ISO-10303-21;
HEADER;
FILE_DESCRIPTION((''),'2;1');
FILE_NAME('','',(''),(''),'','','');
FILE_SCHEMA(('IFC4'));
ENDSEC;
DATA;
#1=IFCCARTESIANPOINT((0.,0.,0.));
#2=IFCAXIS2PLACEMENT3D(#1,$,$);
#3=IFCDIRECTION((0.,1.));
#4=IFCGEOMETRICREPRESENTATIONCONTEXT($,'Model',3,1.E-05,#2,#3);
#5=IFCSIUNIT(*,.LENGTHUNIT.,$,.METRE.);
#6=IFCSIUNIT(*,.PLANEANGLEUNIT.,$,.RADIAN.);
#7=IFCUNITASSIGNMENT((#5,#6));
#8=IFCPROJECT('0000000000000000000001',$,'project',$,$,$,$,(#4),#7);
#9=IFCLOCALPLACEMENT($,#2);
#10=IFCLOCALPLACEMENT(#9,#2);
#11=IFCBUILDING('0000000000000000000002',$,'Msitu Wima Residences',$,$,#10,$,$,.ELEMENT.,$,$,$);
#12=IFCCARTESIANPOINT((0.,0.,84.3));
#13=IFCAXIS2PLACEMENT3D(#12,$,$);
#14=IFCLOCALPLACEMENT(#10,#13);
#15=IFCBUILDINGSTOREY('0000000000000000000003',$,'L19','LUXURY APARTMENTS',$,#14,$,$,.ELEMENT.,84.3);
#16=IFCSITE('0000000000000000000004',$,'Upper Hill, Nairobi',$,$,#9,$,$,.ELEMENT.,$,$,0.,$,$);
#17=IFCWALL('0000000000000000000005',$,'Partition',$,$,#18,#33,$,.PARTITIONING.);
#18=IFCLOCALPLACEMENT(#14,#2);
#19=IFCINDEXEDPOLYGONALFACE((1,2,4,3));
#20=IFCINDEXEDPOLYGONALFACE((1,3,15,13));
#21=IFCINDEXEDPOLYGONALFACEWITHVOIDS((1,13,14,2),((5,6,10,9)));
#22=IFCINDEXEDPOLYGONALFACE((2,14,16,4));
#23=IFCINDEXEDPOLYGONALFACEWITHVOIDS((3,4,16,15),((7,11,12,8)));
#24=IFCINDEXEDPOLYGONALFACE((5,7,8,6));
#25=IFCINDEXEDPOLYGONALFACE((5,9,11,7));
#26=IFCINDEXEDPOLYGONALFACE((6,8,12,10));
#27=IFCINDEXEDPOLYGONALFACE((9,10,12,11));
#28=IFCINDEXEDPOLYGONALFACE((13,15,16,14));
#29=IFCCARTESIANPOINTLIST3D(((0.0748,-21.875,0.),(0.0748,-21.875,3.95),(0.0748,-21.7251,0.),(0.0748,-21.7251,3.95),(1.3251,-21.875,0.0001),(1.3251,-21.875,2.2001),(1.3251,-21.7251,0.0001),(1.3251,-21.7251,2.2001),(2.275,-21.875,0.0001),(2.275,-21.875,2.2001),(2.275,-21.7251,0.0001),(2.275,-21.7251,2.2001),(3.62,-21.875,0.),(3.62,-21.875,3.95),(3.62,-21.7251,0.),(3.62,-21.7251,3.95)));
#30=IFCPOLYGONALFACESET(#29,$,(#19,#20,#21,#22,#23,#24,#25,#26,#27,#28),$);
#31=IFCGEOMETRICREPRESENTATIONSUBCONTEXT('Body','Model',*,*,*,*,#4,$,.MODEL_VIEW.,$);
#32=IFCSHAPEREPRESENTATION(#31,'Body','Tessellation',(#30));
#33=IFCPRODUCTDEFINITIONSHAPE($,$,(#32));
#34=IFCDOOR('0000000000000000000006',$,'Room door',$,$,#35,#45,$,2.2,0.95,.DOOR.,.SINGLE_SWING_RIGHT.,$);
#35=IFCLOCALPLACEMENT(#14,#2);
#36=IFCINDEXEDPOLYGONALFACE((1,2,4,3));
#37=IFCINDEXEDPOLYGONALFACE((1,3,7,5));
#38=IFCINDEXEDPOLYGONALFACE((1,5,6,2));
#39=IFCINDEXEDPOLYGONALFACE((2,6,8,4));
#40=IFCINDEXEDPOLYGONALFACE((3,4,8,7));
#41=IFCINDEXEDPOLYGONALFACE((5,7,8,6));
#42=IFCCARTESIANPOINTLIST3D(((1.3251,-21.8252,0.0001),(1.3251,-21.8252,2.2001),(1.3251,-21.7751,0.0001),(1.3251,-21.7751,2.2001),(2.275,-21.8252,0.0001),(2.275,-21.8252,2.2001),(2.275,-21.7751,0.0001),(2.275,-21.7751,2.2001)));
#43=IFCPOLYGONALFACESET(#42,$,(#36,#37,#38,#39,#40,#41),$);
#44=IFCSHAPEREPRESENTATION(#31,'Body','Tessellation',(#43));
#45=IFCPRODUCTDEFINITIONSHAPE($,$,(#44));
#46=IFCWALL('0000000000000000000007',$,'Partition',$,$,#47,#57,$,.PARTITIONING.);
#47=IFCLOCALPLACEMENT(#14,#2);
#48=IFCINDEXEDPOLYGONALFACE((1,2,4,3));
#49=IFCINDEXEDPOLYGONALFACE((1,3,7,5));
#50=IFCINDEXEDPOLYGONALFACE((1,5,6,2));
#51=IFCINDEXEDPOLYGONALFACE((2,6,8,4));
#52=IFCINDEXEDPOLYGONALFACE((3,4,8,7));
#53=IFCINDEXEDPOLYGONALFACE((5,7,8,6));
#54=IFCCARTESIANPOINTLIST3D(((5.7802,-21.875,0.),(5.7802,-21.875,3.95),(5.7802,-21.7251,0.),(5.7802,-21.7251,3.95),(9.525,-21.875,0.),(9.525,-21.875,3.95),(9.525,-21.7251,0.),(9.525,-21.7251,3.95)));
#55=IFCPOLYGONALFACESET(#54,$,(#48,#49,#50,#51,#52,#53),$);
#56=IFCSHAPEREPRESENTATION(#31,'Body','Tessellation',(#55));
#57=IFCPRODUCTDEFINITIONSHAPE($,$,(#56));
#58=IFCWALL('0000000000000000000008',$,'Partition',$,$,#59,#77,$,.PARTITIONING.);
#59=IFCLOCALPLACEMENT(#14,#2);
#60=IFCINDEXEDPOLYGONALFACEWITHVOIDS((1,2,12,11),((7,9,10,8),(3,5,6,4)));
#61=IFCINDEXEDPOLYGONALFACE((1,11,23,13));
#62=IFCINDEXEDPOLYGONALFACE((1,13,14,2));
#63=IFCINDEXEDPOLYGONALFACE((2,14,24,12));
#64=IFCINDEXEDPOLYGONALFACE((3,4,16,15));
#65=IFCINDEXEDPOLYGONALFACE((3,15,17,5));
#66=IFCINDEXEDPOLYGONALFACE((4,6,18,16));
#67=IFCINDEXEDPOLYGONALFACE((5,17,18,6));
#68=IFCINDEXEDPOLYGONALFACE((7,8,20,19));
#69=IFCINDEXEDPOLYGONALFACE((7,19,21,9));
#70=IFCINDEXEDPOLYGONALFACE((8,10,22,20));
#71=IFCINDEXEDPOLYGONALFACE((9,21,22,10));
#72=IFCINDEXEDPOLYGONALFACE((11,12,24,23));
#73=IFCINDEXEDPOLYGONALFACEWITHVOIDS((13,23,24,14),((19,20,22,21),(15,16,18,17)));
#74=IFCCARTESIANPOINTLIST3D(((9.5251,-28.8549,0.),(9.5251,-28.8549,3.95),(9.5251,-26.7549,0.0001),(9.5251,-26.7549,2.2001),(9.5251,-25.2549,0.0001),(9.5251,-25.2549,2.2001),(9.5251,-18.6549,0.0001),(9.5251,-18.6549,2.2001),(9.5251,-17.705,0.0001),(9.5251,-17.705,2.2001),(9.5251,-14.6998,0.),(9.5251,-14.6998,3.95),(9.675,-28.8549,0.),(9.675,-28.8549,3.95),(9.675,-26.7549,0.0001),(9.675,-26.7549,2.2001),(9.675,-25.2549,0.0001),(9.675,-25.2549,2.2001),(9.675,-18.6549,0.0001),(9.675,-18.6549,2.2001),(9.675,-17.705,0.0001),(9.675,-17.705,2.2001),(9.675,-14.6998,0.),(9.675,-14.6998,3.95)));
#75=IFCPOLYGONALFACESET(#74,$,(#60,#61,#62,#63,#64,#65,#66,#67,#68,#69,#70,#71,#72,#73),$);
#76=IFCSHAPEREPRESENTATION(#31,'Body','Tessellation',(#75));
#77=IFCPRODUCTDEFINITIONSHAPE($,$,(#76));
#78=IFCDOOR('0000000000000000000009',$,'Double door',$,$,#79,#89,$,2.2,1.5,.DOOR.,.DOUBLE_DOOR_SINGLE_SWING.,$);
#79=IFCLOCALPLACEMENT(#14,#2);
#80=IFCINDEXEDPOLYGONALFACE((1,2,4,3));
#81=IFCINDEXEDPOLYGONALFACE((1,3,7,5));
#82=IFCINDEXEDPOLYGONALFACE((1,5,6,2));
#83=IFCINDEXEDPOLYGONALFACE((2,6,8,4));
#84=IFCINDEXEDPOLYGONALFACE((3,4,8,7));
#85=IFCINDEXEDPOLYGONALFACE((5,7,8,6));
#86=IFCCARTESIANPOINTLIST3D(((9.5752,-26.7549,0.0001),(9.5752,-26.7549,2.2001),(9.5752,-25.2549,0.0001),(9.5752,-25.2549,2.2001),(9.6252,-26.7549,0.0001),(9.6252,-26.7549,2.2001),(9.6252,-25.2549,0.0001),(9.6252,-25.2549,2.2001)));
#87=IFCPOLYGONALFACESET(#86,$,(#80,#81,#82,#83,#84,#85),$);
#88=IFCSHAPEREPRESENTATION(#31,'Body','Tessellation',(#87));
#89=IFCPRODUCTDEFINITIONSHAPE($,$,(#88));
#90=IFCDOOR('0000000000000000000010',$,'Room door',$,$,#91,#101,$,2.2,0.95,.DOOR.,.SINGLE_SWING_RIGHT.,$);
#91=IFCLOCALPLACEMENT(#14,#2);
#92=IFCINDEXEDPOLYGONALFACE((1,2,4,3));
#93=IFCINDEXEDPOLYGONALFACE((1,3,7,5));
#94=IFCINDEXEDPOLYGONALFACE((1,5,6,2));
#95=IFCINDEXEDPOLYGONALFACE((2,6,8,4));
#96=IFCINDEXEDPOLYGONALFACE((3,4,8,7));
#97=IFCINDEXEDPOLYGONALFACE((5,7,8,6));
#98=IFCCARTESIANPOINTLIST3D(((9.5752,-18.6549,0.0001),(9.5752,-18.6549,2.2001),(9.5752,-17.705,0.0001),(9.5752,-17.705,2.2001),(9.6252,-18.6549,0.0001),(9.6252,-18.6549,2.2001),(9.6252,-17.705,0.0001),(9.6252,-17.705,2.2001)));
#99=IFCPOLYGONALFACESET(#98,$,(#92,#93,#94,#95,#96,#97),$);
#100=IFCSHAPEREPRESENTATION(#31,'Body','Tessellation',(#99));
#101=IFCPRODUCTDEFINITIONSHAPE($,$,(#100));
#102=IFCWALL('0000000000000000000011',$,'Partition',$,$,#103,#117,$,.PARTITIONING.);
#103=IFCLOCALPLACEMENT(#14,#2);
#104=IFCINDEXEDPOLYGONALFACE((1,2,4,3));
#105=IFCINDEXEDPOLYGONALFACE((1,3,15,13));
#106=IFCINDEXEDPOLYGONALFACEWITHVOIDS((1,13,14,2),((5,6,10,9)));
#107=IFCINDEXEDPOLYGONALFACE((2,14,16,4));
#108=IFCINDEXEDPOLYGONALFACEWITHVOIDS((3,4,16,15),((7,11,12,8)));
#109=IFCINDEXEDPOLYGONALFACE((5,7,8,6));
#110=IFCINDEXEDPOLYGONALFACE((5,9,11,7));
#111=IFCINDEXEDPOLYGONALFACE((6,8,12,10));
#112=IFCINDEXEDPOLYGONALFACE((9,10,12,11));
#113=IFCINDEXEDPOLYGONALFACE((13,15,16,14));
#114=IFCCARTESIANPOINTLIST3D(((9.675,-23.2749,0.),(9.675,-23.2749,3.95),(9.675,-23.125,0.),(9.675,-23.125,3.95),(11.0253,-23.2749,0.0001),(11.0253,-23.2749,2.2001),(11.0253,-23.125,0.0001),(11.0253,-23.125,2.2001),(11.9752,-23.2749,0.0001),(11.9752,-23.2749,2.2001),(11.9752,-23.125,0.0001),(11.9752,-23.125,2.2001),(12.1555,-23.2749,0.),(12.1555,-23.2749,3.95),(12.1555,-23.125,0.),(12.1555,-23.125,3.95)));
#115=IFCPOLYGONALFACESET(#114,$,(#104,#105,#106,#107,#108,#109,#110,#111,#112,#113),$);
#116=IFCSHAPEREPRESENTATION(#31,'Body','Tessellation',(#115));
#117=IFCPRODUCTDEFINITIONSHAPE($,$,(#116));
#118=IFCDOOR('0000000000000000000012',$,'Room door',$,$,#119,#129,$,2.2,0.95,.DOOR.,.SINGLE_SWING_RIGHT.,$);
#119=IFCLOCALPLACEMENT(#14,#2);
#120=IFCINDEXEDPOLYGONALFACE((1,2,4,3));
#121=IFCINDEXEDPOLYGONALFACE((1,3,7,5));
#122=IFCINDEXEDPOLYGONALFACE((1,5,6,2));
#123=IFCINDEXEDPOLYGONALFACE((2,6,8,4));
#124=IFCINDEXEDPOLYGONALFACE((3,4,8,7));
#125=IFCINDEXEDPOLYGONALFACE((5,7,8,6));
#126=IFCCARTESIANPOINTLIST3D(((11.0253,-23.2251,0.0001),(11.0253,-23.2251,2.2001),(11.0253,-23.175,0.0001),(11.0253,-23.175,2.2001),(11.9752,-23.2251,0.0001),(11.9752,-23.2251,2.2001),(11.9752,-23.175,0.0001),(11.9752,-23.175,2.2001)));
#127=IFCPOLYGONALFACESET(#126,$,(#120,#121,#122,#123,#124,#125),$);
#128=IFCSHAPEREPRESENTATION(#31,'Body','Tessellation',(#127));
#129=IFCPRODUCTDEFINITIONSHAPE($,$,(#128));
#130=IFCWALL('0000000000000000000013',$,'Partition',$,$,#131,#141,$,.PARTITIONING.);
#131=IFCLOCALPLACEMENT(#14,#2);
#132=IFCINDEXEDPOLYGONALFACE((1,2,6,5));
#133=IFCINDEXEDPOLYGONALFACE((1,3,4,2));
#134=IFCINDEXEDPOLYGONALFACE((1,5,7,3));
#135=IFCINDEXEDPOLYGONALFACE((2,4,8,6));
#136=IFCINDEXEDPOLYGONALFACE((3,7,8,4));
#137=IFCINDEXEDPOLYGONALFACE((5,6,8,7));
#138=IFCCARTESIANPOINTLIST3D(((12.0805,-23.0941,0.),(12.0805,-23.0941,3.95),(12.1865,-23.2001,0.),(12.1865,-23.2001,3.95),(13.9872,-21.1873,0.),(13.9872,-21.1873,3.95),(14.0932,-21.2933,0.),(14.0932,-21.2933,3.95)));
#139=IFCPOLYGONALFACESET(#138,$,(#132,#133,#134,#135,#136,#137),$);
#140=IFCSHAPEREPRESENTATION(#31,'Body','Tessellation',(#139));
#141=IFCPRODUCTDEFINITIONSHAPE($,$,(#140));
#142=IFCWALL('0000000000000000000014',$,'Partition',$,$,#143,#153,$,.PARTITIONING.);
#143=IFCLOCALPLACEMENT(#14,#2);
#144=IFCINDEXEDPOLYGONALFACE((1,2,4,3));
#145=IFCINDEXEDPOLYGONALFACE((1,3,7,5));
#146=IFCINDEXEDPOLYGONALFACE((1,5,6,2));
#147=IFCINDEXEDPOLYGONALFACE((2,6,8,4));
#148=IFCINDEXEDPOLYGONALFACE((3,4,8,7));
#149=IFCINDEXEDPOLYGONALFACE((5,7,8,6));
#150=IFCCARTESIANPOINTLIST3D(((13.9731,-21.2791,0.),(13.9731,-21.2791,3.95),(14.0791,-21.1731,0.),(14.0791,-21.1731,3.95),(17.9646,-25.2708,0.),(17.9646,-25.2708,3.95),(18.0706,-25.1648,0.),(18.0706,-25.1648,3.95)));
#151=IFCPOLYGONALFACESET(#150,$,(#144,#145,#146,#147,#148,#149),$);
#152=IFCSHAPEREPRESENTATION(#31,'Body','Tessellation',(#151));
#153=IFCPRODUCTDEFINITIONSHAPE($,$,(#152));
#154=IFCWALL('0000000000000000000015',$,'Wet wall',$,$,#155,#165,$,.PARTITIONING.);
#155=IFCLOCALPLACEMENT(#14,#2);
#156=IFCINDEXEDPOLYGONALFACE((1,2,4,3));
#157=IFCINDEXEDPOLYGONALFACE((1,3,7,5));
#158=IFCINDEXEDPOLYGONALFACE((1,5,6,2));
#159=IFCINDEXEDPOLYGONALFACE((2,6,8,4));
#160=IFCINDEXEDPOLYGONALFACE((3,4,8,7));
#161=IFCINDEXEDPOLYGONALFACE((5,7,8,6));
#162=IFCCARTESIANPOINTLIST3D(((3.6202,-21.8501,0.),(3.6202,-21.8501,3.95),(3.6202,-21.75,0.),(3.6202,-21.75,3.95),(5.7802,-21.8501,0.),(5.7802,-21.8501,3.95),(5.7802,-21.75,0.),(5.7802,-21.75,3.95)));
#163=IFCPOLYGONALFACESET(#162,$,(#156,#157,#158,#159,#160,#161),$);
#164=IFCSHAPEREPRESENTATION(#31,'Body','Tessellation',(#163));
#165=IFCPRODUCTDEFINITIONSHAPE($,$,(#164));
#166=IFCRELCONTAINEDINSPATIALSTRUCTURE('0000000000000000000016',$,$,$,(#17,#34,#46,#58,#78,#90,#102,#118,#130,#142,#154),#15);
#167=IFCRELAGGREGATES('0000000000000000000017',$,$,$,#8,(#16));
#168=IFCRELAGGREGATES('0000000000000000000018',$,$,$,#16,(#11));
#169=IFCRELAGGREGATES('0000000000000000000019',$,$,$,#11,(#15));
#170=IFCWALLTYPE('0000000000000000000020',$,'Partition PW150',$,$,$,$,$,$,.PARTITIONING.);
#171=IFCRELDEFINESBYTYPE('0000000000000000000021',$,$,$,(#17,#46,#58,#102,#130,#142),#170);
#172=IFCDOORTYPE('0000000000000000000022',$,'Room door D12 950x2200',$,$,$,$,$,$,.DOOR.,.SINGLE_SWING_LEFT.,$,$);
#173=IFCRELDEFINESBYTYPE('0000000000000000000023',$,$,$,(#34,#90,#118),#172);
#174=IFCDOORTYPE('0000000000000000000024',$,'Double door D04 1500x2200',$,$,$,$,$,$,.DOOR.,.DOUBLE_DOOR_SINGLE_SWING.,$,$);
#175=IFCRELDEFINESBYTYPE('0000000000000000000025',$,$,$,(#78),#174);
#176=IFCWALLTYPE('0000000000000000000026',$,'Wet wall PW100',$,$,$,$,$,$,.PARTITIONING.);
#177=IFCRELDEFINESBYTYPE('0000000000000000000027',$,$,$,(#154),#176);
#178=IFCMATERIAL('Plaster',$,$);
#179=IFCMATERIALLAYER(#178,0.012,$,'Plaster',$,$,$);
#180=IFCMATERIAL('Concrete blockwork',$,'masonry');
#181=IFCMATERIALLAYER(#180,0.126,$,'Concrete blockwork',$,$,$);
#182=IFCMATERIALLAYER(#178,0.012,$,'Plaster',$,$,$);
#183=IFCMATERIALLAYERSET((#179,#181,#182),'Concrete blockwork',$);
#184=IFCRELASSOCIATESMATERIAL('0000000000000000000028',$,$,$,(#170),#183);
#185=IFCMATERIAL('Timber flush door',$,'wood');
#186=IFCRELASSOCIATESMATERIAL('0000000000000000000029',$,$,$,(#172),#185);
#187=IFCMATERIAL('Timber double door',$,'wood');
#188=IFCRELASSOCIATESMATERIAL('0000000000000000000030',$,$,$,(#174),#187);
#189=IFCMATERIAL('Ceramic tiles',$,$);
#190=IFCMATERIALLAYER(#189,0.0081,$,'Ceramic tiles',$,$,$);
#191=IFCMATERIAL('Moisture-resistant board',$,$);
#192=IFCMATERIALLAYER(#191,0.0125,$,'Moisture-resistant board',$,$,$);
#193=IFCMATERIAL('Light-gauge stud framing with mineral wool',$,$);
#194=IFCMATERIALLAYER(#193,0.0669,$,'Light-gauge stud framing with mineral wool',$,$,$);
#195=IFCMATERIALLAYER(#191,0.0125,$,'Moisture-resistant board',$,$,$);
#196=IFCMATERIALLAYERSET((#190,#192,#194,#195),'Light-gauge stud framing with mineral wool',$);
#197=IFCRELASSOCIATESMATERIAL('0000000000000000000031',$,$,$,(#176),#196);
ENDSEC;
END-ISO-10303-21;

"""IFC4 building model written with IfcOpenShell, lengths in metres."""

from ifc_helpers import new_model, si_unit, direction, frame, frame_2d, origin, place, context, subcontext, project, spatial, rectangle, extrude, material, layer, layer_set, type_object, element, fill, save


model = new_model("IFC4")

# Units and contexts
model_context = context("Model", 3, precision=1e-05, world=origin(), true_north=direction((0.0, 1.0)))
body_context = subcontext(model_context, "Body", "Model", "MODEL_VIEW")
ifc_project = project(units=[si_unit("LENGTHUNIT", "METRE"), si_unit("PLANEANGLEUNIT", "RADIAN")], contexts=[model_context])

# Site, building, storey
site_placement = place(None, origin())
site = spatial("IfcSite", under=ifc_project, at=site_placement, Name="Upper Hill, Nairobi", CompositionType="ELEMENT", RefElevation=0.0)
building_placement = place(site_placement, origin())
building = spatial("IfcBuilding", under=site, at=building_placement, Name="Msitu Wima Residences", CompositionType="ELEMENT")
storey_placement = place(building_placement, frame((0.0, 0.0, 84.3)))
storey = spatial("IfcBuildingStorey", under=building, at=storey_placement, Name="L19", Description="LUXURY APARTMENTS", CompositionType="ELEMENT", Elevation=84.3)

# Wall, opening, door
ifc_material_1 = material(Name="Plaster")
ifc_layer_1 = layer(ifc_material_1, 0.012, Name="Plaster")
ifc_material_2 = material(Name="Concrete blockwork", Category="masonry")
ifc_layer_2 = layer(ifc_material_2, 0.126, Name="Concrete blockwork")
ifc_layer_3 = layer(ifc_material_1, 0.012, Name="Plaster")
ifc_layer_set_1 = layer_set([ifc_layer_1, ifc_layer_2, ifc_layer_3], Name="Concrete blockwork")
wall_type_1 = type_object("IfcWallType", Name="Partition PW150", PredefinedType="PARTITIONING", material=ifc_layer_set_1)
ifc_material_3 = material(Name="Timber flush door", Category="wood")
door_type_1 = type_object("IfcDoorType", Name="Room door D12 950x2200", OperationType="SINGLE_SWING_LEFT", PredefinedType="DOOR", material=ifc_material_3)
wall_1_placement = place(storey_placement, frame((0.075, -21.8, 0.0), z_axis=(0.0, 0.0, 1.0), x_axis=(1.0, 0.0, 0.0)))
wall_1 = element("IfcWall", 1, at=wall_1_placement, inside=storey, type_object=wall_type_1, Name="Partition", PredefinedType="PARTITIONING", context=body_context, shape_type="SweptSolid", body=[
    extrude(rectangle(XDim=3.5452, YDim=0.1499, at=frame_2d((1.7725, 0.0))), origin(), (0.0, 0.0, 1.0), 3.95),
])
opening_1_placement = place(wall_1_placement, frame((1.25, 0.0, 0.0)))
opening_1 = element("IfcOpeningElement", 2, at=opening_1_placement, cuts=wall_1, PredefinedType="OPENING", context=body_context, shape_type="SweptSolid", body=[
    extrude(rectangle(XDim=0.95, YDim=2.2, at=frame_2d((0.4751, 1.1001))), frame((0.0, 0.085, 0.0), z_axis=(0.0, -1.0, 0.0), x_axis=(1.0, 0.0, 0.0)), (0.0, 0.0, 1.0), 0.1699),
])
door_1_placement = place(opening_1_placement, origin())
door_1 = element("IfcDoor", 3, at=door_1_placement, inside=storey, type_object=door_type_1, Name="Room door", OperationType="SINGLE_SWING_RIGHT", OverallHeight=2.2, OverallWidth=0.95, PredefinedType="DOOR", context=body_context, shape_type="SweptSolid", body=[
    extrude(rectangle(XDim=0.95, YDim=2.2, at=frame_2d((0.4751, 1.1001))), frame((0.0, 0.0249, 0.0), z_axis=(0.0, -1.0, 0.0), x_axis=(1.0, 0.0, 0.0)), (0.0, 0.0, 1.0), 0.05),
])
fill(opening_1, door_1)

# Wall
wall_2_placement = place(storey_placement, frame((5.78, -21.8, 0.0), z_axis=(0.0, 0.0, 1.0), x_axis=(1.0, 0.0, 0.0)))
element("IfcWall", 4, at=wall_2_placement, inside=storey, type_object=wall_type_1, Name="Partition", PredefinedType="PARTITIONING", context=body_context, shape_type="SweptSolid", body=[
    extrude(rectangle(XDim=3.7449, YDim=0.1499, at=frame_2d((1.8726, 0.0))), origin(), (0.0, 0.0, 1.0), 3.95),
])

# Wall, openings, doors
wall_3_placement = place(storey_placement, frame((9.6001, -28.855, 0.0), z_axis=(0.0, 0.0, 1.0), x_axis=(0.0, 1.0, 0.0)))
wall_3 = element("IfcWall", 5, at=wall_3_placement, inside=storey, type_object=wall_type_1, Name="Partition", PredefinedType="PARTITIONING", context=body_context, shape_type="SweptSolid", body=[
    extrude(rectangle(XDim=14.155, YDim=0.1499, at=frame_2d((7.0776, 0.0))), origin(), (0.0, 0.0, 1.0), 3.95),
])
opening_2_placement = place(wall_3_placement, frame((2.1001, 0.0, 0.0)))
opening_2 = element("IfcOpeningElement", 6, at=opening_2_placement, cuts=wall_3, PredefinedType="OPENING", context=body_context, shape_type="SweptSolid", body=[
    extrude(rectangle(XDim=1.5, YDim=2.2, at=frame_2d((0.75, 1.1001))), frame((0.0, 0.085, 0.0), z_axis=(0.0, -1.0, 0.0), x_axis=(1.0, 0.0, 0.0)), (0.0, 0.0, 1.0), 0.1699),
])
opening_3_placement = place(wall_3_placement, frame((10.2, 0.0, 0.0)))
opening_3 = element("IfcOpeningElement", 7, at=opening_3_placement, cuts=wall_3, PredefinedType="OPENING", context=body_context, shape_type="SweptSolid", body=[
    extrude(rectangle(XDim=0.95, YDim=2.2, at=frame_2d((0.4751, 1.1001))), frame((0.0, 0.085, 0.0), z_axis=(0.0, -1.0, 0.0), x_axis=(1.0, 0.0, 0.0)), (0.0, 0.0, 1.0), 0.1699),
])
ifc_material_4 = material(Name="Timber double door", Category="wood")
door_type_2 = type_object("IfcDoorType", Name="Double door D04 1500x2200", OperationType="DOUBLE_DOOR_SINGLE_SWING", PredefinedType="DOOR", material=ifc_material_4)
door_2_placement = place(opening_2_placement, origin())
door_2 = element("IfcDoor", 8, at=door_2_placement, inside=storey, type_object=door_type_2, Name="Double door", OperationType="DOUBLE_DOOR_SINGLE_SWING", OverallHeight=2.2, OverallWidth=1.5, PredefinedType="DOOR", context=body_context, shape_type="SweptSolid", body=[
    extrude(rectangle(XDim=1.5, YDim=2.2, at=frame_2d((0.75, 1.1001))), frame((0.0, 0.0249, 0.0), z_axis=(0.0, -1.0, 0.0), x_axis=(1.0, 0.0, 0.0)), (0.0, 0.0, 1.0), 0.05),
])
fill(opening_2, door_2)
door_3_placement = place(opening_3_placement, origin())
door_3 = element("IfcDoor", 9, at=door_3_placement, inside=storey, type_object=door_type_1, Name="Room door", OperationType="SINGLE_SWING_RIGHT", OverallHeight=2.2, OverallWidth=0.95, PredefinedType="DOOR", context=body_context, shape_type="SweptSolid", body=[
    extrude(rectangle(XDim=0.95, YDim=2.2, at=frame_2d((0.4751, 1.1001))), frame((0.0, 0.0249, 0.0), z_axis=(0.0, -1.0, 0.0), x_axis=(1.0, 0.0, 0.0)), (0.0, 0.0, 1.0), 0.05),
])
fill(opening_3, door_3)

# Wall, opening, door
wall_4_placement = place(storey_placement, frame((9.675, -23.2, 0.0), z_axis=(0.0, 0.0, 1.0), x_axis=(1.0, 0.0, 0.0)))
wall_4 = element("IfcWall", 10, at=wall_4_placement, inside=storey, type_object=wall_type_1, Name="Partition", PredefinedType="PARTITIONING", context=body_context, shape_type="SweptSolid", body=[
    extrude(rectangle(XDim=2.4805, YDim=0.1499, at=frame_2d((1.2402, 0.0))), origin(), (0.0, 0.0, 1.0), 3.95),
])
opening_4_placement = place(wall_4_placement, frame((1.3501, 0.0, 0.0)))
opening_4 = element("IfcOpeningElement", 11, at=opening_4_placement, cuts=wall_4, PredefinedType="OPENING", context=body_context, shape_type="SweptSolid", body=[
    extrude(rectangle(XDim=0.95, YDim=2.2, at=frame_2d((0.4751, 1.1001))), frame((0.0, 0.085, 0.0), z_axis=(0.0, -1.0, 0.0), x_axis=(1.0, 0.0, 0.0)), (0.0, 0.0, 1.0), 0.1699),
])
door_4_placement = place(opening_4_placement, origin())
door_4 = element("IfcDoor", 12, at=door_4_placement, inside=storey, type_object=door_type_1, Name="Room door", OperationType="SINGLE_SWING_RIGHT", OverallHeight=2.2, OverallWidth=0.95, PredefinedType="DOOR", context=body_context, shape_type="SweptSolid", body=[
    extrude(rectangle(XDim=0.95, YDim=2.2, at=frame_2d((0.4751, 1.1001))), frame((0.0, 0.0249, 0.0), z_axis=(0.0, -1.0, 0.0), x_axis=(1.0, 0.0, 0.0)), (0.0, 0.0, 1.0), 0.05),
])
fill(opening_4, door_4)

# Walls
wall_5_placement = place(storey_placement, frame((12.1335, -23.147, 0.0), z_axis=(0.0, 0.0, 1.0), x_axis=(0.707107, 0.707107, 0.0)))
element("IfcWall", 13, at=wall_5_placement, inside=storey, type_object=wall_type_1, Name="Partition", PredefinedType="PARTITIONING", context=body_context, shape_type="SweptSolid", body=[
    extrude(rectangle(XDim=2.6965, YDim=0.1499, at=frame_2d((1.3481, 0.0))), origin(), (0.0, 0.0, 1.0), 3.95),
])
wall_6_placement = place(storey_placement, frame((14.0261, -21.2261, 0.0), z_axis=(0.0, 0.0, 1.0), x_axis=(0.707085, -0.707128, 0.0)))
element("IfcWall", 14, at=wall_6_placement, inside=storey, type_object=wall_type_1, Name="Partition", PredefinedType="PARTITIONING", context=body_context, shape_type="SweptSolid", body=[
    extrude(rectangle(XDim=5.645, YDim=0.1499, at=frame_2d((2.8225, 0.0))), origin(), (0.0, 0.0, 1.0), 3.95),
])
ifc_material_5 = material(Name="Ceramic tiles")
ifc_layer_4 = layer(ifc_material_5, 0.0081, Name="Ceramic tiles")
ifc_material_6 = material(Name="Moisture-resistant board")
ifc_layer_5 = layer(ifc_material_6, 0.0125, Name="Moisture-resistant board")
ifc_material_7 = material(Name="Light-gauge stud framing with mineral wool")
ifc_layer_6 = layer(ifc_material_7, 0.0669, Name="Light-gauge stud framing with mineral wool")
ifc_layer_7 = layer(ifc_material_6, 0.0125, Name="Moisture-resistant board")
ifc_layer_set_2 = layer_set([ifc_layer_4, ifc_layer_5, ifc_layer_6, ifc_layer_7], Name="Light-gauge stud framing with mineral wool")
wall_type_2 = type_object("IfcWallType", Name="Wet wall PW100", PredefinedType="PARTITIONING", material=ifc_layer_set_2)
wall_7_placement = place(storey_placement, frame((3.6201, -21.8, 0.0), z_axis=(0.0, 0.0, 1.0), x_axis=(1.0, 0.0, 0.0)))
element("IfcWall", 15, at=wall_7_placement, inside=storey, type_object=wall_type_2, Name="Wet wall", PredefinedType="PARTITIONING", context=body_context, shape_type="SweptSolid", body=[
    extrude(rectangle(XDim=2.1599, YDim=0.1001, at=frame_2d((1.0801, 0.0))), origin(), (0.0, 0.0, 1.0), 3.95),
])

save(model, "model.ifc")
